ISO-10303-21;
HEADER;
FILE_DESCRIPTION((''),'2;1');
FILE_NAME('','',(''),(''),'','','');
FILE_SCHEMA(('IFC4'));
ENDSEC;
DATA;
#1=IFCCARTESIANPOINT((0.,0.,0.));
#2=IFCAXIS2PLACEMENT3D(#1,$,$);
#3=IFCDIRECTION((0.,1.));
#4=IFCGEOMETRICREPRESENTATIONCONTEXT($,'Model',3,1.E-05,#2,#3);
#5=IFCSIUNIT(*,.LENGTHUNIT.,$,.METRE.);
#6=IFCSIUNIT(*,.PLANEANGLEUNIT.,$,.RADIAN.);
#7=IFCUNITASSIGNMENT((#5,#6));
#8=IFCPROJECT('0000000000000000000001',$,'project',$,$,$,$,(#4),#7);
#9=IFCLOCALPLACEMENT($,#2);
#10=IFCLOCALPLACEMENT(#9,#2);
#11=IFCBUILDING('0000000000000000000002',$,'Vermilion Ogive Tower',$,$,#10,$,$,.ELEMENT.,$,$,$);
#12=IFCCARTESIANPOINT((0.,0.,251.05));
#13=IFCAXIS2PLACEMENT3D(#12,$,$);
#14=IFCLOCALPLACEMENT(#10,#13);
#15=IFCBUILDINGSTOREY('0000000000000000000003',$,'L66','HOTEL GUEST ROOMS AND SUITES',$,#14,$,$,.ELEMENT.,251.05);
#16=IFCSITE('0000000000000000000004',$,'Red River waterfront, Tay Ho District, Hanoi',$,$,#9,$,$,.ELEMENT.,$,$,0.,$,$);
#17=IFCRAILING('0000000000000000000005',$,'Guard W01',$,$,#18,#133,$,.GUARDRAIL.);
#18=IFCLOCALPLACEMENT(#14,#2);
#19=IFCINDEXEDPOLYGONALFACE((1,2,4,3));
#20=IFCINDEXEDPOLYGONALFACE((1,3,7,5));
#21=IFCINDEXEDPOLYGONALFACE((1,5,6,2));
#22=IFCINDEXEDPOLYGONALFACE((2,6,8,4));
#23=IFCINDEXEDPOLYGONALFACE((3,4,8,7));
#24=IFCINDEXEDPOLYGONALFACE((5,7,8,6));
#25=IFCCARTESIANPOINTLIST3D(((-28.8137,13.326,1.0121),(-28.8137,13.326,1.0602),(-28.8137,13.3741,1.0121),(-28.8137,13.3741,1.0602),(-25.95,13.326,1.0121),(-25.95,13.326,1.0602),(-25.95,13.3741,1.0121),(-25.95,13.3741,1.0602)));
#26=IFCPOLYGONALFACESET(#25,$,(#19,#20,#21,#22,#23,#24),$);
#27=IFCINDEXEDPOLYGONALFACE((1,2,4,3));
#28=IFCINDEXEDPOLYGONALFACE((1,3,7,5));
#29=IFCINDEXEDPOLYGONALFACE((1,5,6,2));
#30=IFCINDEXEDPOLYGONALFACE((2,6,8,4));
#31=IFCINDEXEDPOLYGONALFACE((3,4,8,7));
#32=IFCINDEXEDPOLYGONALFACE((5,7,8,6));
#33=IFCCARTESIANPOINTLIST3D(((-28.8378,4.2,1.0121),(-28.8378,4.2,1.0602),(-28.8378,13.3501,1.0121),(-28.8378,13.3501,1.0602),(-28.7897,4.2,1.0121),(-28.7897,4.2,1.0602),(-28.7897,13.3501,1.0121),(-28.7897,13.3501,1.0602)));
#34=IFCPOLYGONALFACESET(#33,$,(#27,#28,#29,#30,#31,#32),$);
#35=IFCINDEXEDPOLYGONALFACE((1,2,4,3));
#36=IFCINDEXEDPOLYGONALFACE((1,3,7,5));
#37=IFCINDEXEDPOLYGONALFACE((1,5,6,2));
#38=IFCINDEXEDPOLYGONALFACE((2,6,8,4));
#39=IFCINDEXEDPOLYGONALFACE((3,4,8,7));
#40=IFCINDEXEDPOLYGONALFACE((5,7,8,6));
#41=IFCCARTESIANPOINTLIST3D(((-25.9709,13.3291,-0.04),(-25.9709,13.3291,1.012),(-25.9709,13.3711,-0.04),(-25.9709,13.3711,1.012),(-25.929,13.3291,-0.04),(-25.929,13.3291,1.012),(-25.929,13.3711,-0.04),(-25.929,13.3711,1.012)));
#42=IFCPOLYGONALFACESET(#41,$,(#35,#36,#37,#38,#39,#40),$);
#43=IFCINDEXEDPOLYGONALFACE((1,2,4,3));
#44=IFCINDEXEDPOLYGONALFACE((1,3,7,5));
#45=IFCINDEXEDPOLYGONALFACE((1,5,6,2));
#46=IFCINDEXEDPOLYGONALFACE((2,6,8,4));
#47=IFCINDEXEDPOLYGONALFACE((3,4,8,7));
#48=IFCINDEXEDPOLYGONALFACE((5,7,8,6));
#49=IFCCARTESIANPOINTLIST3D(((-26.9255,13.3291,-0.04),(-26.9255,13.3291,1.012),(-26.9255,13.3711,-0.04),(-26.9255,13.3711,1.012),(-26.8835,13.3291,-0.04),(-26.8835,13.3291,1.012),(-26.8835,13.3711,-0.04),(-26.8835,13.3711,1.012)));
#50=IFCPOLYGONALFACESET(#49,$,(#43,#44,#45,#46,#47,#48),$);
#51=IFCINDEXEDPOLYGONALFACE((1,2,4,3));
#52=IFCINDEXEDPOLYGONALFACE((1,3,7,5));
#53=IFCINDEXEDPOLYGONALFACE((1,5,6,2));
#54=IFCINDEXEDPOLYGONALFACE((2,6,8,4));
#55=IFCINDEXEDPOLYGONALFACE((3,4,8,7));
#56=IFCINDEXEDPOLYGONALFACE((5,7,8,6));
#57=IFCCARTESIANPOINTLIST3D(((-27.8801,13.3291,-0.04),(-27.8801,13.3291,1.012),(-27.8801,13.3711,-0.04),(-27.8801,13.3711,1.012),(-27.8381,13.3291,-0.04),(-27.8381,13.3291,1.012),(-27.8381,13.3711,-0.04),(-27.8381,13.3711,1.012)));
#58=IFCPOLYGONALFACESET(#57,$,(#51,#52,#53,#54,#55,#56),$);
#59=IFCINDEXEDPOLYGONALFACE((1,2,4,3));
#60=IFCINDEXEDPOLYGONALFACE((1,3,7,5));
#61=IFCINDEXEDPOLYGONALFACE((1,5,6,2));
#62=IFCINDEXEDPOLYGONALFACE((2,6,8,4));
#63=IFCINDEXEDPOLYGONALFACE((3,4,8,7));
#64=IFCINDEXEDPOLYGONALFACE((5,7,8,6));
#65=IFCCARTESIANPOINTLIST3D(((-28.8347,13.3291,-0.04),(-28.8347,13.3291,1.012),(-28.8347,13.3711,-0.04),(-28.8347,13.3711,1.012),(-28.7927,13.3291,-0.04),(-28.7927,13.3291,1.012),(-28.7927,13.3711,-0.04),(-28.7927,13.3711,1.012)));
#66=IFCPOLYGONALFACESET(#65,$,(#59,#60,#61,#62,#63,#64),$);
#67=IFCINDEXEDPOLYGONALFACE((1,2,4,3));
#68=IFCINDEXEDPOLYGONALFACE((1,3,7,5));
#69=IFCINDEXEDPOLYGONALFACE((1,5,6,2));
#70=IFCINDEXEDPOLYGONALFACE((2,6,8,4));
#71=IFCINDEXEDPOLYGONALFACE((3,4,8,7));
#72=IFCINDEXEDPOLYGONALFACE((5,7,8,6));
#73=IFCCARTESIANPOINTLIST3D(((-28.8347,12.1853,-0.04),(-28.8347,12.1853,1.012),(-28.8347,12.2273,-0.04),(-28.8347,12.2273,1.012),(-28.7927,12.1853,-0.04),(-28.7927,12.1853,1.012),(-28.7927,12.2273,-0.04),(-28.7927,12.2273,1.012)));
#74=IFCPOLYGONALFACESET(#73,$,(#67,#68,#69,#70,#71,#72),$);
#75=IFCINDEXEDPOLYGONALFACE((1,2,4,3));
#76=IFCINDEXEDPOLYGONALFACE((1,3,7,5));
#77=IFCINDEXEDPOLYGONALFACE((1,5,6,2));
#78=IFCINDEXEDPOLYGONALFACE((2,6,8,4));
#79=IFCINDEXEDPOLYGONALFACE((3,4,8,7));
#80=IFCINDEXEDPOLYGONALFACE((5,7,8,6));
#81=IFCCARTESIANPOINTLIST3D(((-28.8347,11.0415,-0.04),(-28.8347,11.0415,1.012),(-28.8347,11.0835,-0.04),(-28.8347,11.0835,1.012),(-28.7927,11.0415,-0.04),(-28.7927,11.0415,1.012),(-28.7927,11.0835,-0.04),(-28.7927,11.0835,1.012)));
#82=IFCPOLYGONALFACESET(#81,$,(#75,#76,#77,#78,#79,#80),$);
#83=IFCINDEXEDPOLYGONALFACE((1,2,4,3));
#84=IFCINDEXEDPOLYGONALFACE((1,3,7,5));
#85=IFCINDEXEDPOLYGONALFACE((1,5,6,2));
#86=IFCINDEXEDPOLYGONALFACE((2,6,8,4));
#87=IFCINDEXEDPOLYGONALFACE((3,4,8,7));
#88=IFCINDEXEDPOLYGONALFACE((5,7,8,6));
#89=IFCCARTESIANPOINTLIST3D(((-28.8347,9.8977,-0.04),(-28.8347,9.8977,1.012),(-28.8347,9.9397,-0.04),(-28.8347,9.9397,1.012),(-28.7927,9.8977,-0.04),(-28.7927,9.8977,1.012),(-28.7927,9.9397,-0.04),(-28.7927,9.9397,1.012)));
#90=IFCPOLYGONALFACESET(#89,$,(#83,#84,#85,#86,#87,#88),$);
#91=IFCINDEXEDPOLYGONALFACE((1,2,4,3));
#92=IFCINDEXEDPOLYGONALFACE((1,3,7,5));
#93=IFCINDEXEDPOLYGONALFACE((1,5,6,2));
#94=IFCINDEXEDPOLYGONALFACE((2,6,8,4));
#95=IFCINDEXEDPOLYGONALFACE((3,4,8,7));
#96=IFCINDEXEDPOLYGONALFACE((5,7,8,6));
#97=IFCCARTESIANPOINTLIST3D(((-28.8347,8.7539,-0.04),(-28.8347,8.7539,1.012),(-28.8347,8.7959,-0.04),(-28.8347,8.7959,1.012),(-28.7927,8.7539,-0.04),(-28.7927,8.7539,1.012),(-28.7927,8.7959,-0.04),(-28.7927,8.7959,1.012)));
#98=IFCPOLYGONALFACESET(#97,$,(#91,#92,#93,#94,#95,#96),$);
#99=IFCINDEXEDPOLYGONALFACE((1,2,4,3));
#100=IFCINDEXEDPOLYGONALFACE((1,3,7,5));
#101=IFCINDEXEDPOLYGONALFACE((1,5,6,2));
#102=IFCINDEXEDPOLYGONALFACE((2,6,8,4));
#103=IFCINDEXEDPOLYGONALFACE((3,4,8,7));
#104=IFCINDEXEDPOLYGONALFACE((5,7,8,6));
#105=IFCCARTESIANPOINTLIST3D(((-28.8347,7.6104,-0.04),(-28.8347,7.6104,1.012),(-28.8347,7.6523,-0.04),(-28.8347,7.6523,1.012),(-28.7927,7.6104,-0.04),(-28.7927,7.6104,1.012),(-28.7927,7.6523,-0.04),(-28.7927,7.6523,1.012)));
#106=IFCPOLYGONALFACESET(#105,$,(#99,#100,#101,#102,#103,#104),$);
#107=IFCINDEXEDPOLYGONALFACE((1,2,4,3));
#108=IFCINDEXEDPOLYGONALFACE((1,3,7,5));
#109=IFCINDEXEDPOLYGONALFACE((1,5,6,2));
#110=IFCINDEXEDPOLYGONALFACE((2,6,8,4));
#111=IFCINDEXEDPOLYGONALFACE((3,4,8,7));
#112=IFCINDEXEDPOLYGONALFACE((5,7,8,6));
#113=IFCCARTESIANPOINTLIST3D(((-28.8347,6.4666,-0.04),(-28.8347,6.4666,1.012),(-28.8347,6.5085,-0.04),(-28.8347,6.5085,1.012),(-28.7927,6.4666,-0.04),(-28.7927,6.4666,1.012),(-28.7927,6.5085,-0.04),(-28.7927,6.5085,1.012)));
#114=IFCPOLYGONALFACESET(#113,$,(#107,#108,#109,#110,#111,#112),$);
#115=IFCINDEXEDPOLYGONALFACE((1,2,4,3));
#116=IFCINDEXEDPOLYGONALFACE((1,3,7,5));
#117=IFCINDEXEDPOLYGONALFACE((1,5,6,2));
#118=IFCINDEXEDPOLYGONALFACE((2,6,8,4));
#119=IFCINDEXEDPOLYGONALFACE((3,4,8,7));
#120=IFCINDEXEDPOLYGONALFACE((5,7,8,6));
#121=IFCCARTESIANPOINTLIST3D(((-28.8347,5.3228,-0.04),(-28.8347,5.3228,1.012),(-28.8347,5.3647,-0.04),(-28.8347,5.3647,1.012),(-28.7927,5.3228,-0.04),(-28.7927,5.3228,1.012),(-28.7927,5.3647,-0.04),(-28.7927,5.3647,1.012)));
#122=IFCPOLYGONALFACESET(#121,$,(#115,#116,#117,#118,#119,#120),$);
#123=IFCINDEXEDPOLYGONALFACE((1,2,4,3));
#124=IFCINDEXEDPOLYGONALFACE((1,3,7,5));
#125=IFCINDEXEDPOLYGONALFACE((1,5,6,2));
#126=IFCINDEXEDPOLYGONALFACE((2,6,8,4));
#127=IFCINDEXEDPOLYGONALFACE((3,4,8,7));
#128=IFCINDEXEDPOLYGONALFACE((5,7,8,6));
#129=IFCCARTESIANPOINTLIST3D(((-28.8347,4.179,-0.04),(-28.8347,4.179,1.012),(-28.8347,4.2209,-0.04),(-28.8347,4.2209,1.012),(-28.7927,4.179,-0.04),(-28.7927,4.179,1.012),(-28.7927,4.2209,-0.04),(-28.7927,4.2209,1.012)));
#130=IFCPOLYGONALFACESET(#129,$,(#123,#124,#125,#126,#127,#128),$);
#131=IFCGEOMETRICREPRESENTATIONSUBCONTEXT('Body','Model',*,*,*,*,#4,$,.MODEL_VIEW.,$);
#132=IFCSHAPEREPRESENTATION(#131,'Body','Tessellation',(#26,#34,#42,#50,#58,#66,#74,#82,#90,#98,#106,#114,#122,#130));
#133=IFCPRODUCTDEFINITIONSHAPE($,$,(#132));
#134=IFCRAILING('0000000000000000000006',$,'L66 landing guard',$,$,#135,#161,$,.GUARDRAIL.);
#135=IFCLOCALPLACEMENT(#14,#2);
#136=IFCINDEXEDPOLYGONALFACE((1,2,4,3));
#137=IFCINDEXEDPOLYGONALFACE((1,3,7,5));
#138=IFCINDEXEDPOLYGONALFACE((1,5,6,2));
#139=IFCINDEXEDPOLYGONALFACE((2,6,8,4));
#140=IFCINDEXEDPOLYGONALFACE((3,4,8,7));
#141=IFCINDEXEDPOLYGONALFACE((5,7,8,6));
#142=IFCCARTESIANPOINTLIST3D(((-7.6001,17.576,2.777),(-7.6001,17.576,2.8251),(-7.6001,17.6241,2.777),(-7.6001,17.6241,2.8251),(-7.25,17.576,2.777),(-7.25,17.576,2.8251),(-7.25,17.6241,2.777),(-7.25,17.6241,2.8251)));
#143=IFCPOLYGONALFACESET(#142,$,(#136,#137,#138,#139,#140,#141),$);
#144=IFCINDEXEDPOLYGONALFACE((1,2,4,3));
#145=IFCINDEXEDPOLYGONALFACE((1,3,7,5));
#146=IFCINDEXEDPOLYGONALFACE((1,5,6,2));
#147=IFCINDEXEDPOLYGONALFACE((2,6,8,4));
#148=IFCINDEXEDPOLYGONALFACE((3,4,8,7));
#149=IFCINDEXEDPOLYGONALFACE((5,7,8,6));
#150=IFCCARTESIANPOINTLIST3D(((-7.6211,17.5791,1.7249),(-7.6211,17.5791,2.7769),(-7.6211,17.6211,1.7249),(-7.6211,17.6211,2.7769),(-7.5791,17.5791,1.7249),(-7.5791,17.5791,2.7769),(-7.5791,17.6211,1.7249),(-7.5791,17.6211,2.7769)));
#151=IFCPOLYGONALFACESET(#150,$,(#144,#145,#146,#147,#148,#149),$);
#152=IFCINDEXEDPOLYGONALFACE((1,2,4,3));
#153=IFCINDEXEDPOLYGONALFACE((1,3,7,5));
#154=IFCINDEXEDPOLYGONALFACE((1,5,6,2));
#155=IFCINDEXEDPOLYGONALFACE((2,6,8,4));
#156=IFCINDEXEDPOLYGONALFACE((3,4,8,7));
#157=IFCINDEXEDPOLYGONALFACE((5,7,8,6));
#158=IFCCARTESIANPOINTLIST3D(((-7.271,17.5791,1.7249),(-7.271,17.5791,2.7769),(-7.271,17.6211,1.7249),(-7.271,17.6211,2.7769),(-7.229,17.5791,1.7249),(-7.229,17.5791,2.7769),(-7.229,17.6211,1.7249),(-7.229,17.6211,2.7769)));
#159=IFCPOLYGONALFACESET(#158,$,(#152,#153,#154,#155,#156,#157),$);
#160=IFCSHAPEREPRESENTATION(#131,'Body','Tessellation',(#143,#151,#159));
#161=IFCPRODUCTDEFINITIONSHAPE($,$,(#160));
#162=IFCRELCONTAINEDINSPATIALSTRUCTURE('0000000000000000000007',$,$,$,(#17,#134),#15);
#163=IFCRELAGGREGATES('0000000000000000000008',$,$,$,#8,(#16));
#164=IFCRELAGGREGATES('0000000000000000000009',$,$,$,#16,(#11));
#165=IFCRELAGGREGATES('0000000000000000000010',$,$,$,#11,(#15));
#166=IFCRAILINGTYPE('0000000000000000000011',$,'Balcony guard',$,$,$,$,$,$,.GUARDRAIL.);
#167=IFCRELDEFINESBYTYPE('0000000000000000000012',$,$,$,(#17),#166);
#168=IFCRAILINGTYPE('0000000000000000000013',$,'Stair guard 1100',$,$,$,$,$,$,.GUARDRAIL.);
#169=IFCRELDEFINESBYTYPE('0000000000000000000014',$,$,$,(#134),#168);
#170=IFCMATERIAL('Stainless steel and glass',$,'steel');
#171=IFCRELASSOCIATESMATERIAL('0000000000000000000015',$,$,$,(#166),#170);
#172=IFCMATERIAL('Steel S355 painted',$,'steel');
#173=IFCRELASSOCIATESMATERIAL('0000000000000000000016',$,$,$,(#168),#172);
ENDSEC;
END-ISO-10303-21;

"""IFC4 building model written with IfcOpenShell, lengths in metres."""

from ifc_helpers import new_model, si_unit, direction, frame, origin, origin_2d, place, context, subcontext, project, spatial, rectangle, extrude, material, type_object, element, save


model = new_model("IFC4")

# Units and contexts
model_context = context("Model", 3, precision=1e-05, world=origin(), true_north=direction((0.0, 1.0)))
body_context = subcontext(model_context, "Body", "Model", "MODEL_VIEW")
ifc_project = project(units=[si_unit("LENGTHUNIT", "METRE"), si_unit("PLANEANGLEUNIT", "RADIAN")], contexts=[model_context])

# Site, building, storey
site_placement = place(None, origin())
site = spatial("IfcSite", under=ifc_project, at=site_placement, Name="Red River waterfront, Tay Ho District, Hanoi", CompositionType="ELEMENT", RefElevation=0.0)
building_placement = place(site_placement, origin())
building = spatial("IfcBuilding", under=site, at=building_placement, Name="Vermilion Ogive Tower", CompositionType="ELEMENT")
storey_placement = place(building_placement, frame((0.0, 0.0, 251.05)))
storey = spatial("IfcBuildingStorey", under=building, at=storey_placement, Name="L66", Description="HOTEL GUEST ROOMS AND SUITES", CompositionType="ELEMENT", Elevation=251.05)

# Railings
ifc_material_1 = material(Name="Stainless steel and glass", Category="steel")
railing_type_1 = type_object("IfcRailingType", Name="Balcony guard", PredefinedType="GUARDRAIL", material=ifc_material_1)
railing_1_placement = place(storey_placement, frame((-25.95, 13.3501, -0.04)))
element("IfcRailing", 1, at=railing_1_placement, inside=storey, type_object=railing_type_1, Name="Guard W01", PredefinedType="GUARDRAIL", context=body_context, shape_type="SweptSolid", body=[
    extrude(rectangle(XDim=0.0481, YDim=0.0481, at=origin_2d()), frame((0.0, 0.0, 1.0762), z_axis=(-1.0, 0.0, 0.0), x_axis=(0.0, -1.0, 0.0)), (0.0, 0.0, 1.0), 2.8638),
    extrude(rectangle(XDim=0.0481, YDim=0.0481, at=origin_2d()), frame((-2.8638, 0.0, 1.0762), z_axis=(0.0, -1.0, 0.0), x_axis=(1.0, 0.0, 0.0)), (0.0, 0.0, 1.0), 9.1501),
    extrude(rectangle(XDim=0.042, YDim=0.042, at=origin_2d()), origin(), (0.0, 0.0, 1.0), 1.052),
    extrude(rectangle(XDim=0.042, YDim=0.042, at=origin_2d()), frame((-0.9546, 0.0, 0.0)), (0.0, 0.0, 1.0), 1.052),
    extrude(rectangle(XDim=0.042, YDim=0.042, at=origin_2d()), frame((-1.9092, 0.0, 0.0)), (0.0, 0.0, 1.0), 1.052),
    extrude(rectangle(XDim=0.042, YDim=0.042, at=origin_2d()), frame((-2.8638, 0.0, 0.0)), (0.0, 0.0, 1.0), 1.052),
    extrude(rectangle(XDim=0.042, YDim=0.042, at=origin_2d()), frame((-2.8638, -1.1438, 0.0)), (0.0, 0.0, 1.0), 1.052),
    extrude(rectangle(XDim=0.042, YDim=0.042, at=origin_2d()), frame((-2.8638, -2.2876, 0.0)), (0.0, 0.0, 1.0), 1.052),
    extrude(rectangle(XDim=0.042, YDim=0.042, at=origin_2d()), frame((-2.8638, -3.4314, 0.0)), (0.0, 0.0, 1.0), 1.052),
    extrude(rectangle(XDim=0.042, YDim=0.042, at=origin_2d()), frame((-2.8638, -4.5752, 0.0)), (0.0, 0.0, 1.0), 1.052),
    extrude(rectangle(XDim=0.042, YDim=0.042, at=origin_2d()), frame((-2.8638, -5.7188, 0.0)), (0.0, 0.0, 1.0), 1.052),
    extrude(rectangle(XDim=0.042, YDim=0.042, at=origin_2d()), frame((-2.8638, -6.8625, 0.0)), (0.0, 0.0, 1.0), 1.052),
    extrude(rectangle(XDim=0.042, YDim=0.042, at=origin_2d()), frame((-2.8638, -8.0063, 0.0)), (0.0, 0.0, 1.0), 1.052),
    extrude(rectangle(XDim=0.042, YDim=0.042, at=origin_2d()), frame((-2.8638, -9.1501, 0.0)), (0.0, 0.0, 1.0), 1.052),
])
ifc_material_2 = material(Name="Steel S355 painted", Category="steel")
railing_type_2 = type_object("IfcRailingType", Name="Stair guard 1100", PredefinedType="GUARDRAIL", material=ifc_material_2)
railing_2_placement = place(storey_placement, frame((-7.6001, 17.6001, 1.7249)))
element("IfcRailing", 2, at=railing_2_placement, inside=storey, type_object=railing_type_2, Name="L66 landing guard", PredefinedType="GUARDRAIL", context=body_context, shape_type="SweptSolid", body=[
    extrude(rectangle(XDim=0.0481, YDim=0.0481, at=origin_2d()), frame((0.0, 0.0, 1.0762), z_axis=(1.0, 0.0, 0.0), x_axis=(0.0, 1.0, 0.0)), (0.0, 0.0, 1.0), 0.3501),
    extrude(rectangle(XDim=0.042, YDim=0.042, at=origin_2d()), origin(), (0.0, 0.0, 1.0), 1.052),
    extrude(rectangle(XDim=0.042, YDim=0.042, at=origin_2d()), frame((0.3501, 0.0, 0.0)), (0.0, 0.0, 1.0), 1.052),
])

save(model, "model.ifc")
